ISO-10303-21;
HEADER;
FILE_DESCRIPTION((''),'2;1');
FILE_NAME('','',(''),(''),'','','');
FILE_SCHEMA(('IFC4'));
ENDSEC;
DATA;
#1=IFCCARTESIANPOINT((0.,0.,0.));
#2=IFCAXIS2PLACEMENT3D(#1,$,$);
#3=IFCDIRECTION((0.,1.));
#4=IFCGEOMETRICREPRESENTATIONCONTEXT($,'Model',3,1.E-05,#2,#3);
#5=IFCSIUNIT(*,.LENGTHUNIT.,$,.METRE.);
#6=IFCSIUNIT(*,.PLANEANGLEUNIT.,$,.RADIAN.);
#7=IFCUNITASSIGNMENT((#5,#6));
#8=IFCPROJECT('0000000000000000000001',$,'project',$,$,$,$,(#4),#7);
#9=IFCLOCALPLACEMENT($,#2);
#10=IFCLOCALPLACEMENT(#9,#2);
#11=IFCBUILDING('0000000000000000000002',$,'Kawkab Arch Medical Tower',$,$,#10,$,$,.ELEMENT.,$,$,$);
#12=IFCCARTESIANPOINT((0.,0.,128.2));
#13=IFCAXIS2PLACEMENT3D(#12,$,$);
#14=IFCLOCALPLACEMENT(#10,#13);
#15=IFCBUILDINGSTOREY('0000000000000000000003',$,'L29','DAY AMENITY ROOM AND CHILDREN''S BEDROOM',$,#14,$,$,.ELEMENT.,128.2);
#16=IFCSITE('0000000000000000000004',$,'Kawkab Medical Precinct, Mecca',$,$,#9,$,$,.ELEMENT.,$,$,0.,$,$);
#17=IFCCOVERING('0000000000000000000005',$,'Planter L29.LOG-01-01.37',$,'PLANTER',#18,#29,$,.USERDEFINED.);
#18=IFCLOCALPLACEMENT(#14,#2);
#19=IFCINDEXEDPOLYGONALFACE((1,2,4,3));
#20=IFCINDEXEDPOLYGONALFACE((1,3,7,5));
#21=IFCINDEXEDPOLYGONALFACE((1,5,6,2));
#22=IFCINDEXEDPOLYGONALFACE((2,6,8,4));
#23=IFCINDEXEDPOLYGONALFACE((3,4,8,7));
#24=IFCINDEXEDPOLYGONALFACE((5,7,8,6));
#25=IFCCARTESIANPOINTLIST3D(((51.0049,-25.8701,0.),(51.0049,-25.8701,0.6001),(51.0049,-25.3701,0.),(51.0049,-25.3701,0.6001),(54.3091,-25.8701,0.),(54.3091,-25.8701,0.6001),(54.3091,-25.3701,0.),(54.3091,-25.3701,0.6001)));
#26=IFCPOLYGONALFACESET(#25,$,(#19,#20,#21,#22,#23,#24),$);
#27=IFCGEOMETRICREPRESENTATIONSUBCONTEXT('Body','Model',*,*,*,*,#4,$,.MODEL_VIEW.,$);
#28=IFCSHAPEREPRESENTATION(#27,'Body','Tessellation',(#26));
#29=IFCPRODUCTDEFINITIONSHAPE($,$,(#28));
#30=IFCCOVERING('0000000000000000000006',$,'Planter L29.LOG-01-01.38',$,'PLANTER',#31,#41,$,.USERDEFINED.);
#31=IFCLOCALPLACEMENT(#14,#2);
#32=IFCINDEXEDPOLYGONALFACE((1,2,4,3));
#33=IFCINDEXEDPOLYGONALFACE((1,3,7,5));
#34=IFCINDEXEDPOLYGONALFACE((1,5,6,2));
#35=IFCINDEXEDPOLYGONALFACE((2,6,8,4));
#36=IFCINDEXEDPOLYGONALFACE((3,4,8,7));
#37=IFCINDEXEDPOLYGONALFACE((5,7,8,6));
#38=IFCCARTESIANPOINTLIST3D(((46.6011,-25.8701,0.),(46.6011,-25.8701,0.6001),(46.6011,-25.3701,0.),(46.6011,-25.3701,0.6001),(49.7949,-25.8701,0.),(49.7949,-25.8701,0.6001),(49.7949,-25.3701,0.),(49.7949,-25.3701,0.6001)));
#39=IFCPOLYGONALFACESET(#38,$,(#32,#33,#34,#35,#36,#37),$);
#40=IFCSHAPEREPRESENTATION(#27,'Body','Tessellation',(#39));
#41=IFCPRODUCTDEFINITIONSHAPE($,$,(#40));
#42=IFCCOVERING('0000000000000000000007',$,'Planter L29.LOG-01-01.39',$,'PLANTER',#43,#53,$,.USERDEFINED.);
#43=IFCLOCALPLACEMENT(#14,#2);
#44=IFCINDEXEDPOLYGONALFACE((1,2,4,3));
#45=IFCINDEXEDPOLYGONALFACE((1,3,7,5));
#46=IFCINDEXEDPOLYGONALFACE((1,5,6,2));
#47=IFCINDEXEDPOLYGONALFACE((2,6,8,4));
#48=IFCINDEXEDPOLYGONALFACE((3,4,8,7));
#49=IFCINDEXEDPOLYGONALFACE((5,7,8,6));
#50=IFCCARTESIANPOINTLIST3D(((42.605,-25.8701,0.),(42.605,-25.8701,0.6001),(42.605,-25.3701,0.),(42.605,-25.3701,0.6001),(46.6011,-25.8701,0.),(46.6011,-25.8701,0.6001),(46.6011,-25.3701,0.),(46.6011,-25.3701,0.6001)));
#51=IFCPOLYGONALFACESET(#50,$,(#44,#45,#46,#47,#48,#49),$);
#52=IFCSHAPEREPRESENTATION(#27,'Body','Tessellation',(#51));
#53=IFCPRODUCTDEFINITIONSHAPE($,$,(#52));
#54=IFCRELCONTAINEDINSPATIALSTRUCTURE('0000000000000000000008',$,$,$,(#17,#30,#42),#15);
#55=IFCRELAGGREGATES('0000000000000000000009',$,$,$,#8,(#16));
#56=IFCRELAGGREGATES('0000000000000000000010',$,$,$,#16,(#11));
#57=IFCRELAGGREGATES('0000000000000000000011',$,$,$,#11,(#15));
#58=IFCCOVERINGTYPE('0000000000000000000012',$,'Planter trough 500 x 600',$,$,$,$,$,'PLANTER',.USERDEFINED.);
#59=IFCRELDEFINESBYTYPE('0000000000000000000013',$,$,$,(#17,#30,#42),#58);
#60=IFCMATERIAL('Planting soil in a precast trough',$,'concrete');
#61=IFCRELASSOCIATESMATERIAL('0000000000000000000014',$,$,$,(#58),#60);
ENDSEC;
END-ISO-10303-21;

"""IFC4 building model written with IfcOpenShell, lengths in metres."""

from ifc_helpers import new_model, si_unit, direction, frame, origin, origin_2d, place, context, subcontext, project, spatial, rectangle, extrude, material, material_profile, profile_set, type_object, element, save


model = new_model("IFC4")

# Units and contexts
model_context = context("Model", 3, precision=1e-05, world=origin(), true_north=direction((0.0, 1.0)))
body_context = subcontext(model_context, "Body", "Model", "MODEL_VIEW")
ifc_project = project(units=[si_unit("LENGTHUNIT", "METRE"), si_unit("PLANEANGLEUNIT", "RADIAN")], contexts=[model_context])

# Site, building, storey
site_placement = place(None, origin())
site = spatial("IfcSite", under=ifc_project, at=site_placement, Name="Kawkab Medical Precinct, Mecca", CompositionType="ELEMENT", RefElevation=0.0)
building_placement = place(site_placement, origin())
building = spatial("IfcBuilding", under=site, at=building_placement, Name="Kawkab Arch Medical Tower", CompositionType="ELEMENT")
storey_placement = place(building_placement, frame((0.0, 0.0, 128.2)))
storey = spatial("IfcBuildingStorey", under=building, at=storey_placement, Name="L29", Description="DAY AMENITY ROOM AND CHILDREN'S BEDROOM", CompositionType="ELEMENT", Elevation=128.2)

# Coverings
ifc_material_1 = material(Name="Planting soil in a precast trough", Category="concrete")
ifc_material_profile_1 = material_profile(ifc_material_1, rectangle(XDim=0.5, YDim=0.6001, at=origin_2d()), Name="Trough 500x600")
ifc_profile_set_1 = profile_set([ifc_material_profile_1], Name="Planting soil in a precast trough")
covering_type_1 = type_object("IfcCoveringType", Name="Planter trough 500 x 600", ElementType="PLANTER", PredefinedType="USERDEFINED", material=ifc_profile_set_1)
covering_1_placement = place(storey_placement, frame((54.3091, -25.6201, 0.3), z_axis=(-1.0, 0.0, 0.0), x_axis=(0.0, -1.0, 0.0)))
element("IfcCovering", 1, at=covering_1_placement, inside=storey, type_object=covering_type_1, Name="Planter L29.LOG-01-01.37", ObjectType="PLANTER", PredefinedType="USERDEFINED", context=body_context, shape_type="SweptSolid", body=[
    extrude(rectangle(XDim=0.5, YDim=0.6001, at=origin_2d()), origin(), (0.0, 0.0, 1.0), 3.3042),
])
covering_2_placement = place(storey_placement, frame((49.7949, -25.6201, 0.3), z_axis=(-1.0, 0.0, 0.0), x_axis=(0.0, -1.0, 0.0)))
element("IfcCovering", 2, at=covering_2_placement, inside=storey, type_object=covering_type_1, Name="Planter L29.LOG-01-01.38", ObjectType="PLANTER", PredefinedType="USERDEFINED", context=body_context, shape_type="SweptSolid", body=[
    extrude(rectangle(XDim=0.5, YDim=0.6001, at=origin_2d()), origin(), (0.0, 0.0, 1.0), 3.1938),
])
covering_3_placement = place(storey_placement, frame((46.6011, -25.6201, 0.3), z_axis=(-1.0, 0.0, 0.0), x_axis=(0.0, -1.0, 0.0)))
element("IfcCovering", 3, at=covering_3_placement, inside=storey, type_object=covering_type_1, Name="Planter L29.LOG-01-01.39", ObjectType="PLANTER", PredefinedType="USERDEFINED", context=body_context, shape_type="SweptSolid", body=[
    extrude(rectangle(XDim=0.5, YDim=0.6001, at=origin_2d()), origin(), (0.0, 0.0, 1.0), 3.9961),
])

save(model, "model.ifc")
